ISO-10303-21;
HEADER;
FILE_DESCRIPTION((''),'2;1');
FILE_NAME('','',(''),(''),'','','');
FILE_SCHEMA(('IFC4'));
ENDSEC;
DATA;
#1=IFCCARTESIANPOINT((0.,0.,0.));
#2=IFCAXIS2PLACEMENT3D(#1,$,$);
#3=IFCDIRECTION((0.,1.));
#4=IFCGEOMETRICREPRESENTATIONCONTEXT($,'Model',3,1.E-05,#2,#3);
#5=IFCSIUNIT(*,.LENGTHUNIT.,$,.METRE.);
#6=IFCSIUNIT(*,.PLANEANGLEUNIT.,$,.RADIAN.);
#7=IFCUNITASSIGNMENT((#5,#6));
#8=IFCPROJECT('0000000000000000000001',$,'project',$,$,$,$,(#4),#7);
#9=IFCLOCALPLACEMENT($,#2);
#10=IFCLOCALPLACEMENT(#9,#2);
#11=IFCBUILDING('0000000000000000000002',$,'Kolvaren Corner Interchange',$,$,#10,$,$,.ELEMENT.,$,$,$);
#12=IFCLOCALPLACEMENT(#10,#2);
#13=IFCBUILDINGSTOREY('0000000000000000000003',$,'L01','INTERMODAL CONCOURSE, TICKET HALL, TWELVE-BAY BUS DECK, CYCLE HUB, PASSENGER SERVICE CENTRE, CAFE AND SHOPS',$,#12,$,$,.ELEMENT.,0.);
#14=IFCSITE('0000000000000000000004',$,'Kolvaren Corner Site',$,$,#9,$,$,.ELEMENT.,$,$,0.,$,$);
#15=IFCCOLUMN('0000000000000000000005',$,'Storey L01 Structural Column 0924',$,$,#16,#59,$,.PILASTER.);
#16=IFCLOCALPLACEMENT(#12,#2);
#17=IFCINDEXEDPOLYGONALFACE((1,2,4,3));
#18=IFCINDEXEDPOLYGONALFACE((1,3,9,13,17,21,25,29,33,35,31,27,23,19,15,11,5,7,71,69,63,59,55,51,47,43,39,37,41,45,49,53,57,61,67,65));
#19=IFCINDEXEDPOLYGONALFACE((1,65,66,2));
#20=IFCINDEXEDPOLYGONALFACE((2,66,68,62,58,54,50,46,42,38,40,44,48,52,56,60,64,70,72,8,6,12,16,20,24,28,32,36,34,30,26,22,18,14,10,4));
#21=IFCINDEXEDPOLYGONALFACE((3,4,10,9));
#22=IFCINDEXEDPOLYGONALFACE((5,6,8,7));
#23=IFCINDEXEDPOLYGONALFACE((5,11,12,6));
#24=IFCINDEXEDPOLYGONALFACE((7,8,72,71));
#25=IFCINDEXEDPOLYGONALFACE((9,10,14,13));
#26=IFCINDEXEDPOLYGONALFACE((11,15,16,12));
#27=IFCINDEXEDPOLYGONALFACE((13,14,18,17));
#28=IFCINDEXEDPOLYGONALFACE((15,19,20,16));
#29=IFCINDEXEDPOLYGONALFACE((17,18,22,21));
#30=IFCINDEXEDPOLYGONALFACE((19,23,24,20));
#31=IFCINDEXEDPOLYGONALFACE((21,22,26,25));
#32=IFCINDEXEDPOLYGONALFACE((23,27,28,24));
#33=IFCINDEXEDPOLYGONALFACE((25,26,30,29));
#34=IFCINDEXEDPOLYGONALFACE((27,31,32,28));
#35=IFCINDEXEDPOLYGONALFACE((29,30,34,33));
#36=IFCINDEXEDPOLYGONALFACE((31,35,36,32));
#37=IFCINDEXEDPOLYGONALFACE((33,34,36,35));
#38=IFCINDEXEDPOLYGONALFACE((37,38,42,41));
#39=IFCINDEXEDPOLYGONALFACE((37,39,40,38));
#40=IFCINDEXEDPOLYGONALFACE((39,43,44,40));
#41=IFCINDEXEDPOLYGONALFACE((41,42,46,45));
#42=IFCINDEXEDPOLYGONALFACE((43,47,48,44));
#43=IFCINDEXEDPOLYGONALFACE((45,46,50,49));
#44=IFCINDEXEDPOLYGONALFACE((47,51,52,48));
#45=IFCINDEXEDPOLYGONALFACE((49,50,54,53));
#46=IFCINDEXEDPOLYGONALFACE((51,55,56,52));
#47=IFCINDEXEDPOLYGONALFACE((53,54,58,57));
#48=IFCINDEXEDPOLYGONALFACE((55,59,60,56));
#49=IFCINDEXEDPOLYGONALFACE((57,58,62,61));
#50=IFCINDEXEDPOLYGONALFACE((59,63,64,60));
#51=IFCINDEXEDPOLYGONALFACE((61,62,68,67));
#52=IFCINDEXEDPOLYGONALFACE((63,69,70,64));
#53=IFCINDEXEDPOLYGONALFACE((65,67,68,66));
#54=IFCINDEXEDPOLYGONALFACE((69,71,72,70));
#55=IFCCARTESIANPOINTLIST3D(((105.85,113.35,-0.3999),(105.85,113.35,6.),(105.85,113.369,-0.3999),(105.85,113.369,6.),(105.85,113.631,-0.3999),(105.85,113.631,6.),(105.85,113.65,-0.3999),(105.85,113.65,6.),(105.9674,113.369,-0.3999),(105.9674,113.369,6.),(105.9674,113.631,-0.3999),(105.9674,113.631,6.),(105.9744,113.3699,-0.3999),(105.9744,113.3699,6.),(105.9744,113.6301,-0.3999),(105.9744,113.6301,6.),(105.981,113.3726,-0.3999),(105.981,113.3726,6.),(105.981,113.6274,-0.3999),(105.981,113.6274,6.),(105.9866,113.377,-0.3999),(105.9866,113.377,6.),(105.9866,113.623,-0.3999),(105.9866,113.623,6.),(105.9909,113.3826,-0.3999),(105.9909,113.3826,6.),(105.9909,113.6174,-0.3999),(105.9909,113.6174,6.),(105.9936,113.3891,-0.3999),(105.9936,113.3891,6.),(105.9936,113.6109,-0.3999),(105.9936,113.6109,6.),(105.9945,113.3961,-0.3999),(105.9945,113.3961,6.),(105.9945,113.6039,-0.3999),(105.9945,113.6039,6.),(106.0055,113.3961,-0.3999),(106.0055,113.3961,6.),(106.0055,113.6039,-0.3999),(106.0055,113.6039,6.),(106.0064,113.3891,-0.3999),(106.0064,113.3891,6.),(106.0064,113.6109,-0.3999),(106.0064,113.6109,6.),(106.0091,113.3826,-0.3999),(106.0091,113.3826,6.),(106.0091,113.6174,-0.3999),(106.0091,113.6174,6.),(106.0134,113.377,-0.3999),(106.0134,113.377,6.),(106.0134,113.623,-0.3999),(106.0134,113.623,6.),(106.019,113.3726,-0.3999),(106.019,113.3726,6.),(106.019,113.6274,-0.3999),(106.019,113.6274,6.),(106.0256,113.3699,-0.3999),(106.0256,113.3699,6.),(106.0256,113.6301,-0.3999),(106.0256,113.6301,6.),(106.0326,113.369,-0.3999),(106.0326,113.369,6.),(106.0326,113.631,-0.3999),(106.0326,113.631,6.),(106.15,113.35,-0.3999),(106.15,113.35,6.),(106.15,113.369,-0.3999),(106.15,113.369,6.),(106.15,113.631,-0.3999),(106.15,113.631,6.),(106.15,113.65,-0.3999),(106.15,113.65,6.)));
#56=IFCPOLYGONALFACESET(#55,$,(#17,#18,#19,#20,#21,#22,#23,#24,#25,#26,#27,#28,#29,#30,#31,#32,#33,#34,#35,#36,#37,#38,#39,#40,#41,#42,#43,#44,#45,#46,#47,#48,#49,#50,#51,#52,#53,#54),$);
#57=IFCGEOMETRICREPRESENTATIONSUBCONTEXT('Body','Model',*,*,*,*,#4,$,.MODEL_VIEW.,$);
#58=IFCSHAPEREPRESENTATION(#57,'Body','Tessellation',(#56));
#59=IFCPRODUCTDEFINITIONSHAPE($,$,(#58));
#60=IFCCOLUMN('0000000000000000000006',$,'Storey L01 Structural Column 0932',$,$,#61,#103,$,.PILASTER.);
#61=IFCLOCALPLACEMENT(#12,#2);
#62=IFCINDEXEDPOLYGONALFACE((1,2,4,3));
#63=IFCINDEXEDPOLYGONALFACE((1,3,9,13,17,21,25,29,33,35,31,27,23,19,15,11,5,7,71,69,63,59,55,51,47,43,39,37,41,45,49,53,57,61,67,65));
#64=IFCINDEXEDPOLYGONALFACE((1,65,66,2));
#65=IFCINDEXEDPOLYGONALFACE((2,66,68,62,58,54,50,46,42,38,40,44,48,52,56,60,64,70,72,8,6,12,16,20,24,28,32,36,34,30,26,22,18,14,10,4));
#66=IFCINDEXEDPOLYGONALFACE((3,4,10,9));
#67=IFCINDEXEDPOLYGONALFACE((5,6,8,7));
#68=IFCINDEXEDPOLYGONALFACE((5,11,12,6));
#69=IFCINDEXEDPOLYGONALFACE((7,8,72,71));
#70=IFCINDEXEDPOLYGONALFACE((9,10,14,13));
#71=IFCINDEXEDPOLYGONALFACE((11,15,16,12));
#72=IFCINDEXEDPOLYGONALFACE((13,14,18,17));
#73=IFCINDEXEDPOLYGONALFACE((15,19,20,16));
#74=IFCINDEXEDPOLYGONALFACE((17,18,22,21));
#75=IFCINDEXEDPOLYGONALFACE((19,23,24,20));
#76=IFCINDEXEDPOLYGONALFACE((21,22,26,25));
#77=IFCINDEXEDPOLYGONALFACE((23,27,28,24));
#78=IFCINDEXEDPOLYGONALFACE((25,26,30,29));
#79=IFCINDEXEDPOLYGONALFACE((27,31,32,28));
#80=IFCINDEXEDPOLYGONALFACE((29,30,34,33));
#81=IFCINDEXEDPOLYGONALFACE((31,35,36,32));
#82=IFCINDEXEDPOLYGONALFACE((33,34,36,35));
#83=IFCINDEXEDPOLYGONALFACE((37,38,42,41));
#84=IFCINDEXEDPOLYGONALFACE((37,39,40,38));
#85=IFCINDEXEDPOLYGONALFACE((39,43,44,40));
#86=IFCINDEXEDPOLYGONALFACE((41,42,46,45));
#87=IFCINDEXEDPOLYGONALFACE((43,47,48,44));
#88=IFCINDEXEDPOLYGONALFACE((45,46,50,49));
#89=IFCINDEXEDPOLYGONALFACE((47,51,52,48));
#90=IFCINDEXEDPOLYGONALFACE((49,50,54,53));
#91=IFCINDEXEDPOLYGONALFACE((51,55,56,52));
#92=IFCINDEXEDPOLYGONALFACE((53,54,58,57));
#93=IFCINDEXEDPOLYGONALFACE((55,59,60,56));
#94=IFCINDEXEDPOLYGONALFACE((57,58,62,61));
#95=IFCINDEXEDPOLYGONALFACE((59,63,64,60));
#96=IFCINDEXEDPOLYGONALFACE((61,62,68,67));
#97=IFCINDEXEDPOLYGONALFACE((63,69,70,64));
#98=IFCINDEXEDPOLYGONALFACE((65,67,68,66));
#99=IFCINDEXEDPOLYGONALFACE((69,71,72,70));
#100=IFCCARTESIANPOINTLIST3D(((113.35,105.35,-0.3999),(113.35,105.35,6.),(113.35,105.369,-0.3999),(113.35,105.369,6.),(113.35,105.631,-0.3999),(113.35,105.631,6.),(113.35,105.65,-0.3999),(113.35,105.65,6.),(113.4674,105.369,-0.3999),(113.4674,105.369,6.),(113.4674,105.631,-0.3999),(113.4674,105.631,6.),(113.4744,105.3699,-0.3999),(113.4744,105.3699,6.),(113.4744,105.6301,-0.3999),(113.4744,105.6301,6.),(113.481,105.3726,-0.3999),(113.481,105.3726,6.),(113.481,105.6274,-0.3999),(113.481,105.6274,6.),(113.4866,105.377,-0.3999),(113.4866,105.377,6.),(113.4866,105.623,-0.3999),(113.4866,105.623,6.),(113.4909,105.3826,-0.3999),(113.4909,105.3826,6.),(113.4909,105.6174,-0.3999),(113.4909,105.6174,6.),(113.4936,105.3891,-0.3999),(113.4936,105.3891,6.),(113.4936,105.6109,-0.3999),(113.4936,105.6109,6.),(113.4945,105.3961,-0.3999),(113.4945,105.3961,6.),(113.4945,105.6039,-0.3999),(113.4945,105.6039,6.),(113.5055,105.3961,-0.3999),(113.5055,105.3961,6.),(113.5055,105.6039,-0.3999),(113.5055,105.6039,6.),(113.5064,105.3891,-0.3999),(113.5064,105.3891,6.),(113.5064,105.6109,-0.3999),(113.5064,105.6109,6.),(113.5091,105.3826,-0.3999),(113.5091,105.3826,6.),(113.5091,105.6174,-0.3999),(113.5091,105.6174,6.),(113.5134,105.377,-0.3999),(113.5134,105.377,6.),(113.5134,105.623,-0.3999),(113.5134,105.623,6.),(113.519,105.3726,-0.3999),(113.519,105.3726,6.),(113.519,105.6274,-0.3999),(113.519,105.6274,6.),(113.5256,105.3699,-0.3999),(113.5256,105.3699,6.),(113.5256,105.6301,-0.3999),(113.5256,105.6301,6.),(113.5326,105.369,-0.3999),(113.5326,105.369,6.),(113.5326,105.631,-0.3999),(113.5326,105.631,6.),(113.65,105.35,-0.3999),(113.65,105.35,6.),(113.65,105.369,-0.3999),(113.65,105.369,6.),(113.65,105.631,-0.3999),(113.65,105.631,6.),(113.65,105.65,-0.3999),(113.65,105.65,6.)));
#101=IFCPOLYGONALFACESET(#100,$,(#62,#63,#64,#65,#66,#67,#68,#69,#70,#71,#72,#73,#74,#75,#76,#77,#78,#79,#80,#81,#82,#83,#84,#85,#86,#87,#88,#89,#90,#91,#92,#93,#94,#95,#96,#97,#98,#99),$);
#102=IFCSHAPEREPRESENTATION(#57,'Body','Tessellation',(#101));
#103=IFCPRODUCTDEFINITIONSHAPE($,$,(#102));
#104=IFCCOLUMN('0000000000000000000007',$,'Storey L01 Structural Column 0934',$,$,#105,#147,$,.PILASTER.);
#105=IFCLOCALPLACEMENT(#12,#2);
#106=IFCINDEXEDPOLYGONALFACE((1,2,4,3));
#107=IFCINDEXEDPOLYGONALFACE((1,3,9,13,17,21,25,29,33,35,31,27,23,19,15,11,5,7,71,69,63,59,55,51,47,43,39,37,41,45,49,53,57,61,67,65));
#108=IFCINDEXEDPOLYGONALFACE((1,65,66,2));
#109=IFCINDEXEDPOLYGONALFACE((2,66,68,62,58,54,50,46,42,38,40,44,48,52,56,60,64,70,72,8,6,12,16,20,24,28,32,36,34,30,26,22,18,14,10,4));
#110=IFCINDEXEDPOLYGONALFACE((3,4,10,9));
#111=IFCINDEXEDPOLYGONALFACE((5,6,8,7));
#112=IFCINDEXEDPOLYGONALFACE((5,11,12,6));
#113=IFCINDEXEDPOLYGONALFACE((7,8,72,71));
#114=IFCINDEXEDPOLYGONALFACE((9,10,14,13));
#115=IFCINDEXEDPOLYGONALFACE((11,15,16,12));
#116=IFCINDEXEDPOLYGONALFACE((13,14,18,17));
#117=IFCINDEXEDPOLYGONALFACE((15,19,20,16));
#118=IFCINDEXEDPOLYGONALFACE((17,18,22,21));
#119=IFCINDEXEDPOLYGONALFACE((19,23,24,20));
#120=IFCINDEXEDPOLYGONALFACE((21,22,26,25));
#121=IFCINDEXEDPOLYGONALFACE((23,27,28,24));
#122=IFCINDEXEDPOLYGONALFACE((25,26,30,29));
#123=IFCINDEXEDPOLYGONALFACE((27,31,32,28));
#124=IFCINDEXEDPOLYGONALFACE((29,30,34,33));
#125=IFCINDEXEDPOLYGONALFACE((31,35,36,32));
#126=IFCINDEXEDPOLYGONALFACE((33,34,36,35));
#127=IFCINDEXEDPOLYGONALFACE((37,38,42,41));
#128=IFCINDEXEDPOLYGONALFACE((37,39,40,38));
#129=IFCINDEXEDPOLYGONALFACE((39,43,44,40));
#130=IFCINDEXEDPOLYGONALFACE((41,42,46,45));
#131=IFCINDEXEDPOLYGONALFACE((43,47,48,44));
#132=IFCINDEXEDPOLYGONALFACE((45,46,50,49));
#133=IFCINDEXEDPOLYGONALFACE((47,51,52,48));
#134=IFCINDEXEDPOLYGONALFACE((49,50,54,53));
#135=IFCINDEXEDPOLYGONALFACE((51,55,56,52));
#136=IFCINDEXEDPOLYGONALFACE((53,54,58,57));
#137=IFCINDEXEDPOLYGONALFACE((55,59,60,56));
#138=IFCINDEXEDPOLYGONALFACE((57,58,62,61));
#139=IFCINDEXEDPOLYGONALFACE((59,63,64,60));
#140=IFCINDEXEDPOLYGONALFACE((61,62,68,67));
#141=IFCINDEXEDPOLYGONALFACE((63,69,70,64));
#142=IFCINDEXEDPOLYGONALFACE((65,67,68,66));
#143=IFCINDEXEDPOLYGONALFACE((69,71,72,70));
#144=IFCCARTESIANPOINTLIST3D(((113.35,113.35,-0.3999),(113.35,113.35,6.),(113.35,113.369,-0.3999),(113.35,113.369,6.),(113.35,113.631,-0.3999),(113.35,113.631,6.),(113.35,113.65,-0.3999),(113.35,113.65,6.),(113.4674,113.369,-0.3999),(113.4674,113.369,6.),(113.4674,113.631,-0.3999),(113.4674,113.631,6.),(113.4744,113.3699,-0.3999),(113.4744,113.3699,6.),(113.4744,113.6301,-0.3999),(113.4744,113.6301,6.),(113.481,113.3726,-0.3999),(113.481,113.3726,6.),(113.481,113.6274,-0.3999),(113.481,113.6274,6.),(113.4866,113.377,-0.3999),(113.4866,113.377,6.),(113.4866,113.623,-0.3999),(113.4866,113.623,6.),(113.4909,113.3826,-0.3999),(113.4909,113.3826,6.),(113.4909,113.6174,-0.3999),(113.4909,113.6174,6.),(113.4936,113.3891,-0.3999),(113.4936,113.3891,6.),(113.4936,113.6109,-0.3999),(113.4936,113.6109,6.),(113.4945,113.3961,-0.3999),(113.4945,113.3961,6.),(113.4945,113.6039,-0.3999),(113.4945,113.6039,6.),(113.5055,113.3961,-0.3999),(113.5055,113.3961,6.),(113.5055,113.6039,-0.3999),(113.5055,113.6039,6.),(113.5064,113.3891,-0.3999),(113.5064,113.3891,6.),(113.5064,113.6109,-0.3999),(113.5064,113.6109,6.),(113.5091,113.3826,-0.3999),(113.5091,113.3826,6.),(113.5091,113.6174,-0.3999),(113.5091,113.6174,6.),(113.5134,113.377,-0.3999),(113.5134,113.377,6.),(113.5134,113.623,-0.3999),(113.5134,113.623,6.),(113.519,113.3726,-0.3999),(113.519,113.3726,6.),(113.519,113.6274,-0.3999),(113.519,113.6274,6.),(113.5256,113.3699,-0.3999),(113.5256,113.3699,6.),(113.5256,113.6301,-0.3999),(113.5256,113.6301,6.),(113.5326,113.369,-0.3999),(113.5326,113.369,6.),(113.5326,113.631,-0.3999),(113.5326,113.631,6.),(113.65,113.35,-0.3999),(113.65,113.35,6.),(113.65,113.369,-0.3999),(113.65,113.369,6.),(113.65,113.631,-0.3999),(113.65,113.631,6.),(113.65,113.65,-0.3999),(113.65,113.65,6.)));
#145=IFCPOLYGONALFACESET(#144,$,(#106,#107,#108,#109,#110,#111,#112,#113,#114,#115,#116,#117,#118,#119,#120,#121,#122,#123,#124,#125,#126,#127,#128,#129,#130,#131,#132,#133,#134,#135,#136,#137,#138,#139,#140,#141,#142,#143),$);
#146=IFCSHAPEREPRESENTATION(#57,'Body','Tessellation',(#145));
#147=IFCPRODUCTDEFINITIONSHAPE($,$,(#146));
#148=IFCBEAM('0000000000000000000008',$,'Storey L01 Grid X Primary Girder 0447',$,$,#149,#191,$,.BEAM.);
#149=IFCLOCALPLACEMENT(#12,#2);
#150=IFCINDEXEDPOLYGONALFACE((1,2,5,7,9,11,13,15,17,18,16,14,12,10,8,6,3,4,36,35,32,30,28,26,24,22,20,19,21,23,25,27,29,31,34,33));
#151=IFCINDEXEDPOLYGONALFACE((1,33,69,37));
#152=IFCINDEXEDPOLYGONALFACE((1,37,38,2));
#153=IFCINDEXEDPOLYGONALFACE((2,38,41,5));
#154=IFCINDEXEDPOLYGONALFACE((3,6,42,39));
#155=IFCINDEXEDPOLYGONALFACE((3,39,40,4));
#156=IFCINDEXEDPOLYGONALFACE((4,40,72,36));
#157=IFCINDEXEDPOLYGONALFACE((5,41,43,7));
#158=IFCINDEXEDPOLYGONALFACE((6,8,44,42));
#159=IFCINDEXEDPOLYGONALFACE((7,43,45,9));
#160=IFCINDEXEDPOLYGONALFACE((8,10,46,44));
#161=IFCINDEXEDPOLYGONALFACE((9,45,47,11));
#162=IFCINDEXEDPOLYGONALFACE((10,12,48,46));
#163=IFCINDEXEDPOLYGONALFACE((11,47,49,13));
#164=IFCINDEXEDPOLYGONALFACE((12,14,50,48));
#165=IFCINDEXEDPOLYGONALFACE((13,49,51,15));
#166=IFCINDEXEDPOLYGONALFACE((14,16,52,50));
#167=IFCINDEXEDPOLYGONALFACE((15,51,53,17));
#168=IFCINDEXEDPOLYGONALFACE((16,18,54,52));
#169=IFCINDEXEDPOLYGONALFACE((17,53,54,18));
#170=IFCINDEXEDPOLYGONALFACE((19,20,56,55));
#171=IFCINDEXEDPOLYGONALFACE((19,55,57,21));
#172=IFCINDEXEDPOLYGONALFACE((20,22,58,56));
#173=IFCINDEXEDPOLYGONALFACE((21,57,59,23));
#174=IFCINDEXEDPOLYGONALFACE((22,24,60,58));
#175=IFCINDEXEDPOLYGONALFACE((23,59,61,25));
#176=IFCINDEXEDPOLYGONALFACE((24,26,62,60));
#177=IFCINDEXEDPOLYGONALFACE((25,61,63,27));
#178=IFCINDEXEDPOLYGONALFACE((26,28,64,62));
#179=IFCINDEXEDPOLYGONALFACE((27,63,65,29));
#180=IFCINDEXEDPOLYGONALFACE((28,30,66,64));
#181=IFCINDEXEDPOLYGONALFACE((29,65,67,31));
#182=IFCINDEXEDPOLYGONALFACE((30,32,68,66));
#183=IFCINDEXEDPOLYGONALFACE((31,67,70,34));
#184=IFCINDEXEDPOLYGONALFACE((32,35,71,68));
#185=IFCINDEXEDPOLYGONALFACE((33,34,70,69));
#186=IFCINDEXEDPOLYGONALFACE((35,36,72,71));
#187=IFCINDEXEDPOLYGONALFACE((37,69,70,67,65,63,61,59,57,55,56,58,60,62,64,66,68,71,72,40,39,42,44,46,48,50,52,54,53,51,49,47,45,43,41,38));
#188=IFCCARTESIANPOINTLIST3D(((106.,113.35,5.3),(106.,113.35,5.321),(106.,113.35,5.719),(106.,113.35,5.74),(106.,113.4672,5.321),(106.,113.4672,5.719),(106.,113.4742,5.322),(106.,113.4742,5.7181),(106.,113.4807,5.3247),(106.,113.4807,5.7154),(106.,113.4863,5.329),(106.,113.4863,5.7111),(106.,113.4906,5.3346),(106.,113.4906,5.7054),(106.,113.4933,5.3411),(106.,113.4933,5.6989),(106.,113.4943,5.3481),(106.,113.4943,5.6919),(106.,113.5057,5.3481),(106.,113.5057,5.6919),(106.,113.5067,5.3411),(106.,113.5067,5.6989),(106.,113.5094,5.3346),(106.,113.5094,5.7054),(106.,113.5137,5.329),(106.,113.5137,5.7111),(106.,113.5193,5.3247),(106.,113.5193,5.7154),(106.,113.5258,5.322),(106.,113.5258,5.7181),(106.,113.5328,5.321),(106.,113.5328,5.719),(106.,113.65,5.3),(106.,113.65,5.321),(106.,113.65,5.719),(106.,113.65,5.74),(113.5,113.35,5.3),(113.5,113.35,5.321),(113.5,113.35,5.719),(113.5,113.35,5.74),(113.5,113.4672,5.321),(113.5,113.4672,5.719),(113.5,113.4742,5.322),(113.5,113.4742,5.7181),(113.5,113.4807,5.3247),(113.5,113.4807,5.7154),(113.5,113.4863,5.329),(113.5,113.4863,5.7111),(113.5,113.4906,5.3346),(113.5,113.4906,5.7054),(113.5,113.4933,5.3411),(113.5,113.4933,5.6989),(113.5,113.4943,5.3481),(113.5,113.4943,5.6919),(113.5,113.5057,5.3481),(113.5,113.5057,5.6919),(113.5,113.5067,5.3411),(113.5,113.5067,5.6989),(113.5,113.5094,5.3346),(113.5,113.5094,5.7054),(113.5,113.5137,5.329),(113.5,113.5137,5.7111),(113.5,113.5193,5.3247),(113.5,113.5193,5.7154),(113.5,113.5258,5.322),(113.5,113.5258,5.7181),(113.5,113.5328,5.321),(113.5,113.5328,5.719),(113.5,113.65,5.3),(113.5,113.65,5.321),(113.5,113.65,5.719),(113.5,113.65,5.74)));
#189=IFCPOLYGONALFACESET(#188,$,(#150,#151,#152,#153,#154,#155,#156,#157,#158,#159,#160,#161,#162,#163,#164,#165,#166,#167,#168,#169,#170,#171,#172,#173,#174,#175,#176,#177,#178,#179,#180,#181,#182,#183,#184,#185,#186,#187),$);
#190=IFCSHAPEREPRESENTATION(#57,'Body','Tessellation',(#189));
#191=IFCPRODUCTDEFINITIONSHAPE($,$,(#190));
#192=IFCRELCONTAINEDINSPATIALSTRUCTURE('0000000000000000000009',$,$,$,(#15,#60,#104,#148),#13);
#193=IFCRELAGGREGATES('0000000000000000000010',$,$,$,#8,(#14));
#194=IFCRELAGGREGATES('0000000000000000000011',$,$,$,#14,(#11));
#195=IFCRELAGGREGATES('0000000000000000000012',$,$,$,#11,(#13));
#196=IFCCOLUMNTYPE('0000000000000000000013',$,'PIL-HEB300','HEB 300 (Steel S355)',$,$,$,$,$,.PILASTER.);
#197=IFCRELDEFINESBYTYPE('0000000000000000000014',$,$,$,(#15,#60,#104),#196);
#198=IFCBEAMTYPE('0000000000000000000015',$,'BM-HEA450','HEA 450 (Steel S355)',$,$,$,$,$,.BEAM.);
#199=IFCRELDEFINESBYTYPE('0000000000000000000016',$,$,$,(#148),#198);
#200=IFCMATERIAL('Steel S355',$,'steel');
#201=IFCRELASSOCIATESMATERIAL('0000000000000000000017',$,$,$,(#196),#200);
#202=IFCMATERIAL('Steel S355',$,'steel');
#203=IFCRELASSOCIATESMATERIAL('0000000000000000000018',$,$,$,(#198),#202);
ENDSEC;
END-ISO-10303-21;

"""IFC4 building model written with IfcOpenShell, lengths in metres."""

from ifc_helpers import new_model, si_unit, direction, frame, origin, origin_2d, place, context, subcontext, project, spatial, i_section, extrude, material, material_profile, profile_set, type_object, element, save


model = new_model("IFC4")

# Units and contexts
model_context = context("Model", 3, precision=1e-05, world=origin(), true_north=direction((0.0, 1.0)))
body_context = subcontext(model_context, "Body", "Model", "MODEL_VIEW")
ifc_project = project(units=[si_unit("LENGTHUNIT", "METRE"), si_unit("PLANEANGLEUNIT", "RADIAN")], contexts=[model_context])

# Site, building, storey
site_placement = place(None, origin())
site = spatial("IfcSite", under=ifc_project, at=site_placement, Name="Kolvaren Corner Site", CompositionType="ELEMENT", RefElevation=0.0)
building_placement = place(site_placement, origin())
building = spatial("IfcBuilding", under=site, at=building_placement, Name="Kolvaren Corner Interchange", CompositionType="ELEMENT")
storey_placement = place(building_placement, origin())
storey = spatial("IfcBuildingStorey", under=building, at=storey_placement, Name="L01", Description="INTERMODAL CONCOURSE, TICKET HALL, TWELVE-BAY BUS DECK, CYCLE HUB, PASSENGER SERVICE CENTRE, CAFE AND SHOPS", CompositionType="ELEMENT", Elevation=0.0)

# Columns
ifc_material_1 = material(Name="Steel S355", Category="steel")
ifc_material_profile_1 = material_profile(ifc_material_1, i_section(OverallWidth=0.3, OverallDepth=0.3, WebThickness=0.011, FlangeThickness=0.019, FilletRadius=0.0271, at=origin_2d()), Name="HEB 300")
ifc_profile_set_1 = profile_set([ifc_material_profile_1], Name="Steel S355")
column_type = type_object("IfcColumnType", Name="PIL-HEB300", Description="HEB 300 (Steel S355)", PredefinedType="PILASTER", material=ifc_profile_set_1)
for number, where, z_axis, x_axis, name in (
    (1, (106.0, 113.5, -0.3999), (0.0, 0.0, 1.0), (1.0, 0.0, 0.0), "Storey L01 Structural Column 0924"),
    (2, (113.5, 105.5, -0.3999), (0.0, 0.0, 1.0), (1.0, 0.0, 0.0), "Storey L01 Structural Column 0932"),
    (3, (113.5, 113.5, -0.3999), (0.0, 0.0, 1.0), (1.0, 0.0, 0.0), "Storey L01 Structural Column 0934"),
):
    element("IfcColumn", number, at=place(storey_placement, frame(where, z_axis=z_axis, x_axis=x_axis)), inside=storey, type_object=column_type, Name=name, PredefinedType="PILASTER", context=body_context, shape_type="SweptSolid", body=[
        extrude(i_section(OverallWidth=0.3, OverallDepth=0.3, WebThickness=0.011, FlangeThickness=0.019, FilletRadius=0.0271, at=origin_2d()), origin(), (0.0, 0.0, 1.0), 6.3999),
    ])

# Beam
ifc_material_2 = material(Name="Steel S355", Category="steel")
ifc_material_profile_2 = material_profile(ifc_material_2, i_section(OverallWidth=0.3, OverallDepth=0.4399, WebThickness=0.0115, FlangeThickness=0.021, FilletRadius=0.0271, at=origin_2d()), Name="HEA 450")
ifc_profile_set_2 = profile_set([ifc_material_profile_2], Name="Steel S355")
beam_type_1 = type_object("IfcBeamType", Name="BM-HEA450", Description="HEA 450 (Steel S355)", PredefinedType="BEAM", material=ifc_profile_set_2)
beam_placement = place(storey_placement, frame((106.0, 113.5, 5.52), z_axis=(1.0, 0.0, 0.0), x_axis=(0.0, 1.0, 0.0)))
element("IfcBeam", 4, at=beam_placement, inside=storey, type_object=beam_type_1, Name="Storey L01 Grid X Primary Girder 0447", PredefinedType="BEAM", context=body_context, shape_type="SweptSolid", body=[
    extrude(i_section(OverallWidth=0.3, OverallDepth=0.4399, WebThickness=0.0115, FlangeThickness=0.021, FilletRadius=0.0271, at=origin_2d()), origin(), (0.0, 0.0, 1.0), 7.5),
])

save(model, "model.ifc")
